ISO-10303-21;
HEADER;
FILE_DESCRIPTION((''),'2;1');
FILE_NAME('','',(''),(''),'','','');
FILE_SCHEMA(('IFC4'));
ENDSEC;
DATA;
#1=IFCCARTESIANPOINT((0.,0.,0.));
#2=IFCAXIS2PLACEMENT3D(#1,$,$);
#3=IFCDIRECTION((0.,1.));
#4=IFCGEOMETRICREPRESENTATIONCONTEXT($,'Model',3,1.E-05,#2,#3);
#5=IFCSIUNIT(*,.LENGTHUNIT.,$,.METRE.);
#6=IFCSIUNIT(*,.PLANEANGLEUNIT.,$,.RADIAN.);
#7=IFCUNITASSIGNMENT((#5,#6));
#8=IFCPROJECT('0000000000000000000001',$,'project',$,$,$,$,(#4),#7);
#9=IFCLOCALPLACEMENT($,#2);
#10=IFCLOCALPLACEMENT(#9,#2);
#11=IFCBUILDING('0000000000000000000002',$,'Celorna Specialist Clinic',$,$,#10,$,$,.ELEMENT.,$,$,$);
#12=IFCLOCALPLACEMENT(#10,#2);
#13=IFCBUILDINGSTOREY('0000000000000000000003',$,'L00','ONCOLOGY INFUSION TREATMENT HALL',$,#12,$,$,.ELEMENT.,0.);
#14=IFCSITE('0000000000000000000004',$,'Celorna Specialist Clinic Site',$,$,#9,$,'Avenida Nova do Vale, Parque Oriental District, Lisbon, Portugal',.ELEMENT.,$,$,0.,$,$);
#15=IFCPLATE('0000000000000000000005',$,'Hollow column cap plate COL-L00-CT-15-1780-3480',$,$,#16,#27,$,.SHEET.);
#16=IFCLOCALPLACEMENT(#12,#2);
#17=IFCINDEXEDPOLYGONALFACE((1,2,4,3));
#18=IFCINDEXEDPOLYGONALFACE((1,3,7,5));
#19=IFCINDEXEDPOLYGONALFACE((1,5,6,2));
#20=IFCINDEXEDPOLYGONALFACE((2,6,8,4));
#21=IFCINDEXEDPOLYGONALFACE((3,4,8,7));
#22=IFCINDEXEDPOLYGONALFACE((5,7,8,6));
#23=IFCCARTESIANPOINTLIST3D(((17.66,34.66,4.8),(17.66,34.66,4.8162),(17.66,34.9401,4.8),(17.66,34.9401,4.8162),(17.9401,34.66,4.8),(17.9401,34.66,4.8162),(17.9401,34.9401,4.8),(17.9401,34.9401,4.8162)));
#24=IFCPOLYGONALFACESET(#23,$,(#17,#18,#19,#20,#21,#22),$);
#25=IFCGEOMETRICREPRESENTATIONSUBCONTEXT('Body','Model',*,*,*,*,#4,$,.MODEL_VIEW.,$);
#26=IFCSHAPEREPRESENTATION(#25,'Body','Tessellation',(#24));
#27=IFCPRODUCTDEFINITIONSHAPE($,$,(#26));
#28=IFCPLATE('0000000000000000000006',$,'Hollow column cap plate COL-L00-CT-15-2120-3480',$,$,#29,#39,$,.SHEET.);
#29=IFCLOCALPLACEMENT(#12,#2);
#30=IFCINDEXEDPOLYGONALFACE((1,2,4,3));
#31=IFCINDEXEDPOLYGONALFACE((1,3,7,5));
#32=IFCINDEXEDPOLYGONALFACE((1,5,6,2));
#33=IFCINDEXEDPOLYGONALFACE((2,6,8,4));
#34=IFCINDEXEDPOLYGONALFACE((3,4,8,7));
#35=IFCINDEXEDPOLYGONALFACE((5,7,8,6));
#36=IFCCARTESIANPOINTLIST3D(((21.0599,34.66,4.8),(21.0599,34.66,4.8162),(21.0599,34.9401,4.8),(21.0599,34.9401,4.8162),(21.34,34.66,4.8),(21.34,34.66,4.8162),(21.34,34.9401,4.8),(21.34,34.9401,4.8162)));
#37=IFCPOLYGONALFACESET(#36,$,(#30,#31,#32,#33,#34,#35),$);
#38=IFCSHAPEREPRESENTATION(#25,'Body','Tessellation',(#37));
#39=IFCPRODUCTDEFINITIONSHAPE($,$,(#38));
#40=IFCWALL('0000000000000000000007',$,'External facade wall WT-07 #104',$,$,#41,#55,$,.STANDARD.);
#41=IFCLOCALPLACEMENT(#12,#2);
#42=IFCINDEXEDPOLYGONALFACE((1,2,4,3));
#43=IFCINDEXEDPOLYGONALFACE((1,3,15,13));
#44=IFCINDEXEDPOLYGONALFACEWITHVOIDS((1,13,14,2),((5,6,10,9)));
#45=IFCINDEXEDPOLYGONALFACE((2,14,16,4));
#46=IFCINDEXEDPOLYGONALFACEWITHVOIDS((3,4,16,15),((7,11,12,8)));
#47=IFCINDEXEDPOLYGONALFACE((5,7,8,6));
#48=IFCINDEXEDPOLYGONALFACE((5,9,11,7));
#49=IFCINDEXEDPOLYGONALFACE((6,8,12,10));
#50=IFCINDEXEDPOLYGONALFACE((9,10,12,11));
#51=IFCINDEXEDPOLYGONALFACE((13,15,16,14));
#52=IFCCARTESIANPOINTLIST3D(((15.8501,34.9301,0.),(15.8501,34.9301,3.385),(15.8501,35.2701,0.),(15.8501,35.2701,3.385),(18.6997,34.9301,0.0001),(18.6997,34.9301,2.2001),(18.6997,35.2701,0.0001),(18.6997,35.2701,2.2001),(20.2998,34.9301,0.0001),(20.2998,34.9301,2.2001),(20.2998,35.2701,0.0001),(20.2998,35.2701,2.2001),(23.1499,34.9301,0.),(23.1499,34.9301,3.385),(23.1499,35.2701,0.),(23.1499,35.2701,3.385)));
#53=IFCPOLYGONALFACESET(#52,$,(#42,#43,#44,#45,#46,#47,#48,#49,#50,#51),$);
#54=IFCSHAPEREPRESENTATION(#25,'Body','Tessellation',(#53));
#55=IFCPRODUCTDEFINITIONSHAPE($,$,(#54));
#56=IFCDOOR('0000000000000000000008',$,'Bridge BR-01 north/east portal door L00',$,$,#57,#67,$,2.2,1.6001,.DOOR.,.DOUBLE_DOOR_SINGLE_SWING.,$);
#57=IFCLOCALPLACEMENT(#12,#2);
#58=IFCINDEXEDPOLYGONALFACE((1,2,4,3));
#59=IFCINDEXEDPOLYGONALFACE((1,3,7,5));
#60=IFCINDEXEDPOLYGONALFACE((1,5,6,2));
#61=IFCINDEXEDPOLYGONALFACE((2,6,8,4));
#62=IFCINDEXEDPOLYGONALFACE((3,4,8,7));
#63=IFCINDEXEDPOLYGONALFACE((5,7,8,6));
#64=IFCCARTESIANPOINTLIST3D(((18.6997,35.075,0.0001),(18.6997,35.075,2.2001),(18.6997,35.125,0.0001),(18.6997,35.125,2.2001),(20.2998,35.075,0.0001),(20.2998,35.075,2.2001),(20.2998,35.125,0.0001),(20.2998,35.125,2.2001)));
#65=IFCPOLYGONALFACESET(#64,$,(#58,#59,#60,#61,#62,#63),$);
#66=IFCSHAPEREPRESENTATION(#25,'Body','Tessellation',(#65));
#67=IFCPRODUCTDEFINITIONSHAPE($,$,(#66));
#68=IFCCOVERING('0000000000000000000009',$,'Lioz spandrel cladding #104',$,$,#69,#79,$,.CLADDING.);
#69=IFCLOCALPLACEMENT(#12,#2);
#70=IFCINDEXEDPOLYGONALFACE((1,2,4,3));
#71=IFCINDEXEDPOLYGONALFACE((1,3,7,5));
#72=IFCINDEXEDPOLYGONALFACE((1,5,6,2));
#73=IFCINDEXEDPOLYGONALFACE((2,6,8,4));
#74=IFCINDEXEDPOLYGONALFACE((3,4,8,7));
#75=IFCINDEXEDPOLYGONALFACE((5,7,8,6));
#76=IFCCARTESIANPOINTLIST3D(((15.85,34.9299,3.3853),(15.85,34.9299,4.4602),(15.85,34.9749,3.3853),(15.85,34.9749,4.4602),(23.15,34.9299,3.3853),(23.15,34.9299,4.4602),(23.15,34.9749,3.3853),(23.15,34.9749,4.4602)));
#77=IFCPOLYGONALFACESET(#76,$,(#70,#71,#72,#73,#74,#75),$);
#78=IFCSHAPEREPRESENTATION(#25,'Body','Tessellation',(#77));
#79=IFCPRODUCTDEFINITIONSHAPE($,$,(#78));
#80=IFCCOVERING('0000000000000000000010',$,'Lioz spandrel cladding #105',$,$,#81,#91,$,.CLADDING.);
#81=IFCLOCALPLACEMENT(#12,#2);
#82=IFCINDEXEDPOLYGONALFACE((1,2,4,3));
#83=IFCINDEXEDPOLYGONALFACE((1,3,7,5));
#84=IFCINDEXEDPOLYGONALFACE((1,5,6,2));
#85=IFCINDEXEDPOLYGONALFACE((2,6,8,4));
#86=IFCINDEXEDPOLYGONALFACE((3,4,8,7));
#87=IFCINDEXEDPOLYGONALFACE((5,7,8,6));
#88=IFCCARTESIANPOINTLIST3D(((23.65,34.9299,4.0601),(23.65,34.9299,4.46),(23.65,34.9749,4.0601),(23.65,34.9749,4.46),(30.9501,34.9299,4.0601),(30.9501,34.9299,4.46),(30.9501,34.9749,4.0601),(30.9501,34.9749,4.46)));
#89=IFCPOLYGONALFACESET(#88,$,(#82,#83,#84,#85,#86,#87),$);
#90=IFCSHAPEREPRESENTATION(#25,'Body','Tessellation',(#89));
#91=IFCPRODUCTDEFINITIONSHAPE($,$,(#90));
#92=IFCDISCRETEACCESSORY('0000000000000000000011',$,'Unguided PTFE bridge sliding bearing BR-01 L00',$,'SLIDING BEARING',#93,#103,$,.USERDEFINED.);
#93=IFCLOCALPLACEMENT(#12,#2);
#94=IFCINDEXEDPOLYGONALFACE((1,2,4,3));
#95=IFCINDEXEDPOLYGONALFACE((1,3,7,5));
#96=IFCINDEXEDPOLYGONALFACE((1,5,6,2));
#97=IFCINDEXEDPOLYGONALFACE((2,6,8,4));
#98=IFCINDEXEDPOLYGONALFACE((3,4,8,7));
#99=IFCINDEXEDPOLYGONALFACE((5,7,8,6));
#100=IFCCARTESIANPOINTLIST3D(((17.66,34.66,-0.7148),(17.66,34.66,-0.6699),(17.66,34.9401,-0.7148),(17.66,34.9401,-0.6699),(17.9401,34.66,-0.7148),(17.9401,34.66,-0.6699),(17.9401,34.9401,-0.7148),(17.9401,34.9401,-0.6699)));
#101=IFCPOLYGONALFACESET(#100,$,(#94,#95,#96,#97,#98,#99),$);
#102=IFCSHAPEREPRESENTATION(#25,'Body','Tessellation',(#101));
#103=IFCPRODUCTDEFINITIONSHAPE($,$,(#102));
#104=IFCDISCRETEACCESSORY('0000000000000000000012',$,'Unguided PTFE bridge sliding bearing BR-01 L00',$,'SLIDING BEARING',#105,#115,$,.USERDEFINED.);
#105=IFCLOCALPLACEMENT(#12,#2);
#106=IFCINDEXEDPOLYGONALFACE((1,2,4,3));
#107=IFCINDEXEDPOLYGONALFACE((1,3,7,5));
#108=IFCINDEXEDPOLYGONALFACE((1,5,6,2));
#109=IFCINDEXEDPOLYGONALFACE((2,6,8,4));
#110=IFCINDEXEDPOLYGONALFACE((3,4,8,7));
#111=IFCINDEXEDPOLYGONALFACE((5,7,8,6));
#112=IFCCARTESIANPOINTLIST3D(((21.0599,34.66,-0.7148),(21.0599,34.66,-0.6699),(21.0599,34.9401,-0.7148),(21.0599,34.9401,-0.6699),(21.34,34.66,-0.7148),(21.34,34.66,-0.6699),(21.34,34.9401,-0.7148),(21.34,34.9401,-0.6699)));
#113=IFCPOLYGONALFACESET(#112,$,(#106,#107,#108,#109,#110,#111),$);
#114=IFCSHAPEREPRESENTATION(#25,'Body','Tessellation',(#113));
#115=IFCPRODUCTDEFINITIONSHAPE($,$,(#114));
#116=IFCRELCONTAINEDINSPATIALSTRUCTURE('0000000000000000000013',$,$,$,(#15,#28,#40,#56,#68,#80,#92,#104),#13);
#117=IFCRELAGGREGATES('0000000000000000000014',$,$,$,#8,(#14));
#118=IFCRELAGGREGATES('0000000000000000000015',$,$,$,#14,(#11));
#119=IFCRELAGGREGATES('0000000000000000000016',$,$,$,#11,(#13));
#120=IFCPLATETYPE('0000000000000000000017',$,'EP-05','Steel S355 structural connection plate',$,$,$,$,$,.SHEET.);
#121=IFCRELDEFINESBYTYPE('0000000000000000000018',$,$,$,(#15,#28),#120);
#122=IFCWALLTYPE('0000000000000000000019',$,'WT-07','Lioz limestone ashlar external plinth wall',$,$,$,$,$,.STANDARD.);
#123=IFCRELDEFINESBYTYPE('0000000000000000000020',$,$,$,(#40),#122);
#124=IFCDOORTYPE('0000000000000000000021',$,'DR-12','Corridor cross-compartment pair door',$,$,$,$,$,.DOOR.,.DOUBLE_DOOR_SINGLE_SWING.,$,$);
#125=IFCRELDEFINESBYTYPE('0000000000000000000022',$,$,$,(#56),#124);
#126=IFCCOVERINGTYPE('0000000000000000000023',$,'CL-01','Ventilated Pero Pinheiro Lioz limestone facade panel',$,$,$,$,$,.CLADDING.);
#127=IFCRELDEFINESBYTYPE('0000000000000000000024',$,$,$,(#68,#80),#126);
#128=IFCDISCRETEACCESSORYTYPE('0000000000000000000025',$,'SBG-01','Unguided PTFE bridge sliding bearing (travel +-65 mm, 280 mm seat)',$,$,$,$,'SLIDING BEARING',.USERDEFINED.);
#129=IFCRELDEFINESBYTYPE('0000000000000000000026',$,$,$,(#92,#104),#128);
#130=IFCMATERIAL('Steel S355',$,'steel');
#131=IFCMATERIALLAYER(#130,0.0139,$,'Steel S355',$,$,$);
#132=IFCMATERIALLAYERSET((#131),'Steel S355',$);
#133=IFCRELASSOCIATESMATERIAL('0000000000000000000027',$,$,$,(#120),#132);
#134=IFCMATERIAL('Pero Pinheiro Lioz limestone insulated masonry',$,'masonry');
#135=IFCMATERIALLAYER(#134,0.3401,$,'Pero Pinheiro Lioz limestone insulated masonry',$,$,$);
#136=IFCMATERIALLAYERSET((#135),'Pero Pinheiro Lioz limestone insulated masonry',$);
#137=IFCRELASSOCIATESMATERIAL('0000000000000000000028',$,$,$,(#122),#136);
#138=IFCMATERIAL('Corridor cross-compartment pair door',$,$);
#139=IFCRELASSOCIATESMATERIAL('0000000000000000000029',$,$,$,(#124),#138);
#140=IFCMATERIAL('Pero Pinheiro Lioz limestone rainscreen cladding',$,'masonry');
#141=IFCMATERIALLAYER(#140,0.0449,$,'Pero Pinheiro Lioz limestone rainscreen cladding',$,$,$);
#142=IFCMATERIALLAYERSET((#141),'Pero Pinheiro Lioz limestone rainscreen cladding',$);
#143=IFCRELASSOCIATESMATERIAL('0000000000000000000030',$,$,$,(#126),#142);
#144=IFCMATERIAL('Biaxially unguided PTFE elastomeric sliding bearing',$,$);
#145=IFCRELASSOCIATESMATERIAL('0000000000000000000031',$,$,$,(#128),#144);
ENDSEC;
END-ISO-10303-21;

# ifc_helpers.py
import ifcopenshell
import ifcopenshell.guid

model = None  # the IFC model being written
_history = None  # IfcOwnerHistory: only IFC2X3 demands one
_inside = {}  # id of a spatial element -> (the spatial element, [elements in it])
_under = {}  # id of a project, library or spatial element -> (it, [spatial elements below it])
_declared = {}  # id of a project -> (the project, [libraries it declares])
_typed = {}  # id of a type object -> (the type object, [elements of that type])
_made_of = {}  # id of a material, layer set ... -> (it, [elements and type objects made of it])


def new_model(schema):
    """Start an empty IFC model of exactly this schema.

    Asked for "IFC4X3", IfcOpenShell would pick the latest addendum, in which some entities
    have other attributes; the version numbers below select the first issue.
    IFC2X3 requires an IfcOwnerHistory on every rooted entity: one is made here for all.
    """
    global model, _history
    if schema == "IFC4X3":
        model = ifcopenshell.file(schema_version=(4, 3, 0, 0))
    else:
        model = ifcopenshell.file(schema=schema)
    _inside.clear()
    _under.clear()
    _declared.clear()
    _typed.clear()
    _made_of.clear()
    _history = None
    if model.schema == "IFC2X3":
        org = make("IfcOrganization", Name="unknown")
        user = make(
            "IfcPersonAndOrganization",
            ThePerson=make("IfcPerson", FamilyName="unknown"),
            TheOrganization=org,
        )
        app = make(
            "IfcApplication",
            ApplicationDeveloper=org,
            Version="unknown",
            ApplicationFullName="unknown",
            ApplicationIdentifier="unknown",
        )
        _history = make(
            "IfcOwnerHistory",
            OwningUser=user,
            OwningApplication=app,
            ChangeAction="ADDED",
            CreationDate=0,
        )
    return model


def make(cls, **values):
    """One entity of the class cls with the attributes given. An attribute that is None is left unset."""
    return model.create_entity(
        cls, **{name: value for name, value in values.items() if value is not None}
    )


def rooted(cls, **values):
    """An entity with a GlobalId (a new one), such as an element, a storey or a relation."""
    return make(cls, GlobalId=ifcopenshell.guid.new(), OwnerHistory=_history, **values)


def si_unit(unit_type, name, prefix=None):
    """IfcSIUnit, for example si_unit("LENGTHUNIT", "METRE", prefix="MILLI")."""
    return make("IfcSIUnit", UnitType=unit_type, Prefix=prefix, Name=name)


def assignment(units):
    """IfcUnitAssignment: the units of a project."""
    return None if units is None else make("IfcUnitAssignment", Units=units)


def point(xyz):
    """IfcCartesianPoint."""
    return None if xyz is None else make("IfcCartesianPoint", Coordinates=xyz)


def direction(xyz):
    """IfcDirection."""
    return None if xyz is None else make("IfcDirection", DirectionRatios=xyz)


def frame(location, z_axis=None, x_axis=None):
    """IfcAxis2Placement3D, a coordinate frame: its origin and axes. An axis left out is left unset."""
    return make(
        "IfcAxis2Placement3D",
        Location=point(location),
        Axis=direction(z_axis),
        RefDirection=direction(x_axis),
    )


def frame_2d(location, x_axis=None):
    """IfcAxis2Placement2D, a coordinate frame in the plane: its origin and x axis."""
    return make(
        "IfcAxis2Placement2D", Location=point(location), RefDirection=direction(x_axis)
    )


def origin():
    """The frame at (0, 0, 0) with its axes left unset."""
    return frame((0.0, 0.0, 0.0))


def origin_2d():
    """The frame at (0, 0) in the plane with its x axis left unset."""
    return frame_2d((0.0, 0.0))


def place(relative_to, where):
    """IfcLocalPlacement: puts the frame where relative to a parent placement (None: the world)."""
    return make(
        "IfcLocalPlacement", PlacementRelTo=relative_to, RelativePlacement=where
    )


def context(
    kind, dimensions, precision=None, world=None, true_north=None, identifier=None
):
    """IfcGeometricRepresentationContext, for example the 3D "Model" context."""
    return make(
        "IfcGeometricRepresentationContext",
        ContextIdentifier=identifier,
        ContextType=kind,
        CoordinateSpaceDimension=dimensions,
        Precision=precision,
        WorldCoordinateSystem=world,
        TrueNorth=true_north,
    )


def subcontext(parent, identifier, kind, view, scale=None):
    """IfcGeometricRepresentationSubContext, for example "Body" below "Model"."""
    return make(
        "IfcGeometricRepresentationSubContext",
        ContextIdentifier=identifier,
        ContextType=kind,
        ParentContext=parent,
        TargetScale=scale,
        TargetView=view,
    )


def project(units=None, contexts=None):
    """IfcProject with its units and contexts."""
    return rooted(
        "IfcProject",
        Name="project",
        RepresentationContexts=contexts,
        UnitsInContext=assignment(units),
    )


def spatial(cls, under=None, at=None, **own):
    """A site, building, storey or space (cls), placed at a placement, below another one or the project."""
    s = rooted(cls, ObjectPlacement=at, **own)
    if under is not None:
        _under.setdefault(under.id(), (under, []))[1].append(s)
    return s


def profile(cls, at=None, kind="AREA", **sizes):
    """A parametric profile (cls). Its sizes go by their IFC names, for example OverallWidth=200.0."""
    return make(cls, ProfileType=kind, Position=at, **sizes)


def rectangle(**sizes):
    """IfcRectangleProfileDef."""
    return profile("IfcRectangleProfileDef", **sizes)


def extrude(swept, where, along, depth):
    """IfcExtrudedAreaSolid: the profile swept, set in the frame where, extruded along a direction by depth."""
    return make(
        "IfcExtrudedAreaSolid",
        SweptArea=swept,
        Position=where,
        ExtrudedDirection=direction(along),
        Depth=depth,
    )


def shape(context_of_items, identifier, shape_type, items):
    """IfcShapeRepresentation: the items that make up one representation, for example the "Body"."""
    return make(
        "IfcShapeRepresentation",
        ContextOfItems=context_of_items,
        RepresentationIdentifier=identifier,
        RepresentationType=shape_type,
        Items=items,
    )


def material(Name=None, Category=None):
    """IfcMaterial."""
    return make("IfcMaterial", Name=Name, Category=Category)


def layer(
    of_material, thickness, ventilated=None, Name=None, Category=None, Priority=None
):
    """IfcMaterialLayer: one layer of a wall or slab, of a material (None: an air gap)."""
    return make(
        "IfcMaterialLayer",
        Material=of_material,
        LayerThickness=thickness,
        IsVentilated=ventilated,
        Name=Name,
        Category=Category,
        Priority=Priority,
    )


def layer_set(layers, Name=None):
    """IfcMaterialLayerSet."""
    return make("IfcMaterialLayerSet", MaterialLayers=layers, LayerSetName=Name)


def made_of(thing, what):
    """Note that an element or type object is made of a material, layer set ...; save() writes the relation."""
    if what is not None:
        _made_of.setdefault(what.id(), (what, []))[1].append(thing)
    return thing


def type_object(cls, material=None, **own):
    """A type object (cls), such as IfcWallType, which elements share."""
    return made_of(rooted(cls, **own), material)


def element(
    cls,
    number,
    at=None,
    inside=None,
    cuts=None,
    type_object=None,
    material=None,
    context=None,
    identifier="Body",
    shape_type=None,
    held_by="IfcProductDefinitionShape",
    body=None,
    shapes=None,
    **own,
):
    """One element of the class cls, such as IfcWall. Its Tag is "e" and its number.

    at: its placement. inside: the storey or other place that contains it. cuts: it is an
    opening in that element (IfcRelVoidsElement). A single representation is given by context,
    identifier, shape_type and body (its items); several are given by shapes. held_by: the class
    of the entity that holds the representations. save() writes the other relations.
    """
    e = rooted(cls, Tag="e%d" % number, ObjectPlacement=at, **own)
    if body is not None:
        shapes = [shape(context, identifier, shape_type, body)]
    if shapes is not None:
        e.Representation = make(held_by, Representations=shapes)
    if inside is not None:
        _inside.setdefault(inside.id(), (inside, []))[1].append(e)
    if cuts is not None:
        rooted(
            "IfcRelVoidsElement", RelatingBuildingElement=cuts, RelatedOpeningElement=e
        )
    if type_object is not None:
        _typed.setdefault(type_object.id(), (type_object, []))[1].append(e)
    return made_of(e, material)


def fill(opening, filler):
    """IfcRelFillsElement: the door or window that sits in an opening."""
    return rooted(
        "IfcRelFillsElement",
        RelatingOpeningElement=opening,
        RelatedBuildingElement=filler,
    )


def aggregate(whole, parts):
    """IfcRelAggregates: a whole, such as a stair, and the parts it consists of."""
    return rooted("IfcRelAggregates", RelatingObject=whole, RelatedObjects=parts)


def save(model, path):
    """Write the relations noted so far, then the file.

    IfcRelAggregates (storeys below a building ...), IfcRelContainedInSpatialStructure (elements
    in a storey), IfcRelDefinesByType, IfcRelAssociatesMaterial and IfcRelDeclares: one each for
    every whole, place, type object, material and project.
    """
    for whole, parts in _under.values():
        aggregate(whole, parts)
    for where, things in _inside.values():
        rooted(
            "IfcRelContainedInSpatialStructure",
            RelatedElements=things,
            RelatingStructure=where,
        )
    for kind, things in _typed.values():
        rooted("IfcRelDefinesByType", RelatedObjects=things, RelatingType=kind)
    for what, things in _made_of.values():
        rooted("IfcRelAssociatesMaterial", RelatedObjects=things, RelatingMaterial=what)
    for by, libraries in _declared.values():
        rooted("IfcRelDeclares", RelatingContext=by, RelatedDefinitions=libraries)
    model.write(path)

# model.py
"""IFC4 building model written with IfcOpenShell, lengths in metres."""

from ifc_helpers import new_model, si_unit, direction, frame, frame_2d, origin, origin_2d, place, context, subcontext, project, spatial, rectangle, extrude, material, layer, layer_set, type_object, element, fill, save


model = new_model("IFC4")

# Units and contexts
model_context = context("Model", 3, precision=1e-05, world=origin(), true_north=direction((0.0, 1.0)))
body_context = subcontext(model_context, "Body", "Model", "MODEL_VIEW")
ifc_project = project(units=[si_unit("LENGTHUNIT", "METRE"), si_unit("PLANEANGLEUNIT", "RADIAN")], contexts=[model_context])

# Site, building, storey
site_placement = place(None, origin())
site = spatial("IfcSite", under=ifc_project, at=site_placement, Name="Celorna Specialist Clinic Site", LongName="Avenida Nova do Vale, Parque Oriental District, Lisbon, Portugal", CompositionType="ELEMENT", RefElevation=0.0)
building_placement = place(site_placement, origin())
building = spatial("IfcBuilding", under=site, at=building_placement, Name="Celorna Specialist Clinic", CompositionType="ELEMENT")
storey_placement = place(building_placement, origin())
storey = spatial("IfcBuildingStorey", under=building, at=storey_placement, Name="L00", Description="ONCOLOGY INFUSION TREATMENT HALL", CompositionType="ELEMENT", Elevation=0.0)

# Shared definitions
ifc_material_1 = material(Name="Steel S355", Category="steel")

# Plates
ifc_layer_1 = layer(ifc_material_1, 0.0139, Name="Steel S355")
ifc_layer_set_1 = layer_set([ifc_layer_1], Name="Steel S355")
plate_type_1 = type_object("IfcPlateType", Name="EP-05", Description="Steel S355 structural connection plate", PredefinedType="SHEET", material=ifc_layer_set_1)
for number, where, z_axis, x_axis, name in (
    (1, (17.8, 34.8, 4.8), (0.0, 0.0, 1.0), (1.0, 0.0, 0.0), "Hollow column cap plate COL-L00-CT-15-1780-3480"),
    (2, (21.2, 34.8, 4.8), (0.0, 0.0, 1.0), (1.0, 0.0, 0.0), "Hollow column cap plate COL-L00-CT-15-2120-3480"),
):
    element("IfcPlate", number, at=place(storey_placement, frame(where, z_axis=z_axis, x_axis=x_axis)), inside=storey, type_object=plate_type_1, Name=name, PredefinedType="SHEET", context=body_context, shape_type="SweptSolid", body=[
        extrude(rectangle(XDim=0.28, YDim=0.28, at=origin_2d()), origin(), (0.0, 0.0, 1.0), 0.0161),
    ])

# Wall, opening, door
ifc_material_2 = material(Name="Pero Pinheiro Lioz limestone insulated masonry", Category="masonry")
ifc_layer_2 = layer(ifc_material_2, 0.3401, Name="Pero Pinheiro Lioz limestone insulated masonry")
ifc_layer_set_2 = layer_set([ifc_layer_2], Name="Pero Pinheiro Lioz limestone insulated masonry")
wall_type = type_object("IfcWallType", Name="WT-07", Description="Lioz limestone ashlar external plinth wall", PredefinedType="STANDARD", material=ifc_layer_set_2)
wall_placement = place(storey_placement, frame((23.1499, 35.1001, 0.0), z_axis=(0.0, 0.0, 1.0), x_axis=(-1.0, 0.0, 0.0)))
wall = element("IfcWall", 3, at=wall_placement, inside=storey, type_object=wall_type, Name="External facade wall WT-07 #104", PredefinedType="STANDARD", context=body_context, shape_type="SweptSolid", body=[
    extrude(rectangle(XDim=7.2998, YDim=0.3401, at=frame_2d((3.6499, 0.0))), origin(), (0.0, 0.0, 1.0), 3.385),
])
opening_placement = place(wall_placement, frame((2.8501, 0.0, 0.0)))
opening = element("IfcOpeningElement", 4, at=opening_placement, cuts=wall, PredefinedType="OPENING", context=body_context, shape_type="SweptSolid", body=[
    extrude(rectangle(XDim=1.6001, YDim=2.2, at=frame_2d((0.8, 1.1001))), frame((0.0, 0.1799, 0.0), z_axis=(0.0, -1.0, 0.0), x_axis=(1.0, 0.0, 0.0)), (0.0, 0.0, 1.0), 0.3601),
])
ifc_material_3 = material(Name="Corridor cross-compartment pair door")
door_type = type_object("IfcDoorType", Name="DR-12", Description="Corridor cross-compartment pair door", OperationType="DOUBLE_DOOR_SINGLE_SWING", PredefinedType="DOOR", material=ifc_material_3)
door_placement = place(opening_placement, frame((1.6001, 0.0, 0.0), z_axis=(0.0, 0.0, 1.0), x_axis=(-1.0, 0.0, 0.0)))
door = element("IfcDoor", 5, at=door_placement, inside=storey, type_object=door_type, Name="Bridge BR-01 north/east portal door L00", OperationType="DOUBLE_DOOR_SINGLE_SWING", OverallHeight=2.2, OverallWidth=1.6001, PredefinedType="DOOR", context=body_context, shape_type="SweptSolid", body=[
    extrude(rectangle(XDim=1.6001, YDim=2.2, at=frame_2d((0.8, 1.1001))), frame((0.0, 0.0249, 0.0), z_axis=(0.0, -1.0, 0.0), x_axis=(1.0, 0.0, 0.0)), (0.0, 0.0, 1.0), 0.05),
])
fill(opening, door)

# Coverings
ifc_material_4 = material(Name="Pero Pinheiro Lioz limestone rainscreen cladding", Category="masonry")
ifc_layer_3 = layer(ifc_material_4, 0.0449, Name="Pero Pinheiro Lioz limestone rainscreen cladding")
ifc_layer_set_3 = layer_set([ifc_layer_3], Name="Pero Pinheiro Lioz limestone rainscreen cladding")
covering_type = type_object("IfcCoveringType", Name="CL-01", Description="Ventilated Pero Pinheiro Lioz limestone facade panel", PredefinedType="CLADDING", material=ifc_layer_set_3)
covering_1_placement = place(storey_placement, frame((19.5, 34.9524, 3.3853), z_axis=(0.0, 0.0, 1.0), x_axis=(-1.0, 0.0, 0.0)))
element("IfcCovering", 6, at=covering_1_placement, inside=storey, type_object=covering_type, Name="Lioz spandrel cladding #104", PredefinedType="CLADDING", context=body_context, shape_type="SweptSolid", body=[
    extrude(rectangle(XDim=7.3, YDim=0.0449, at=origin_2d()), origin(), (0.0, 0.0, 1.0), 1.075),
])
covering_2_placement = place(storey_placement, frame((27.3, 34.9524, 4.0601), z_axis=(0.0, 0.0, 1.0), x_axis=(-1.0, 0.0, 0.0)))
element("IfcCovering", 7, at=covering_2_placement, inside=storey, type_object=covering_type, Name="Lioz spandrel cladding #105", PredefinedType="CLADDING", context=body_context, shape_type="SweptSolid", body=[
    extrude(rectangle(XDim=7.3, YDim=0.0449, at=origin_2d()), origin(), (0.0, 0.0, 1.0), 0.3999),
])

# Discrete accessories
ifc_material_5 = material(Name="Biaxially unguided PTFE elastomeric sliding bearing")
discrete_accessory_type = type_object("IfcDiscreteAccessoryType", Name="SBG-01", Description="Unguided PTFE bridge sliding bearing (travel +-65 mm, 280 mm seat)", ElementType="SLIDING BEARING", PredefinedType="USERDEFINED", material=ifc_material_5)
for number, where, z_axis, x_axis, name in (
    (8, (17.8, 34.8, -0.7148), (0.0, 0.0, 1.0), (1.0, 0.0, 0.0), "Unguided PTFE bridge sliding bearing BR-01 L00"),
    (9, (21.2, 34.8, -0.7148), (0.0, 0.0, 1.0), (1.0, 0.0, 0.0), "Unguided PTFE bridge sliding bearing BR-01 L00"),
):
    element("IfcDiscreteAccessory", number, at=place(storey_placement, frame(where, z_axis=z_axis, x_axis=x_axis)), inside=storey, type_object=discrete_accessory_type, Name=name, ObjectType="SLIDING BEARING", PredefinedType="USERDEFINED", context=body_context, shape_type="SweptSolid", body=[
        extrude(rectangle(XDim=0.28, YDim=0.28, at=origin_2d()), origin(), (0.0, 0.0, 1.0), 0.0449),
    ])

save(model, "model.ifc")
